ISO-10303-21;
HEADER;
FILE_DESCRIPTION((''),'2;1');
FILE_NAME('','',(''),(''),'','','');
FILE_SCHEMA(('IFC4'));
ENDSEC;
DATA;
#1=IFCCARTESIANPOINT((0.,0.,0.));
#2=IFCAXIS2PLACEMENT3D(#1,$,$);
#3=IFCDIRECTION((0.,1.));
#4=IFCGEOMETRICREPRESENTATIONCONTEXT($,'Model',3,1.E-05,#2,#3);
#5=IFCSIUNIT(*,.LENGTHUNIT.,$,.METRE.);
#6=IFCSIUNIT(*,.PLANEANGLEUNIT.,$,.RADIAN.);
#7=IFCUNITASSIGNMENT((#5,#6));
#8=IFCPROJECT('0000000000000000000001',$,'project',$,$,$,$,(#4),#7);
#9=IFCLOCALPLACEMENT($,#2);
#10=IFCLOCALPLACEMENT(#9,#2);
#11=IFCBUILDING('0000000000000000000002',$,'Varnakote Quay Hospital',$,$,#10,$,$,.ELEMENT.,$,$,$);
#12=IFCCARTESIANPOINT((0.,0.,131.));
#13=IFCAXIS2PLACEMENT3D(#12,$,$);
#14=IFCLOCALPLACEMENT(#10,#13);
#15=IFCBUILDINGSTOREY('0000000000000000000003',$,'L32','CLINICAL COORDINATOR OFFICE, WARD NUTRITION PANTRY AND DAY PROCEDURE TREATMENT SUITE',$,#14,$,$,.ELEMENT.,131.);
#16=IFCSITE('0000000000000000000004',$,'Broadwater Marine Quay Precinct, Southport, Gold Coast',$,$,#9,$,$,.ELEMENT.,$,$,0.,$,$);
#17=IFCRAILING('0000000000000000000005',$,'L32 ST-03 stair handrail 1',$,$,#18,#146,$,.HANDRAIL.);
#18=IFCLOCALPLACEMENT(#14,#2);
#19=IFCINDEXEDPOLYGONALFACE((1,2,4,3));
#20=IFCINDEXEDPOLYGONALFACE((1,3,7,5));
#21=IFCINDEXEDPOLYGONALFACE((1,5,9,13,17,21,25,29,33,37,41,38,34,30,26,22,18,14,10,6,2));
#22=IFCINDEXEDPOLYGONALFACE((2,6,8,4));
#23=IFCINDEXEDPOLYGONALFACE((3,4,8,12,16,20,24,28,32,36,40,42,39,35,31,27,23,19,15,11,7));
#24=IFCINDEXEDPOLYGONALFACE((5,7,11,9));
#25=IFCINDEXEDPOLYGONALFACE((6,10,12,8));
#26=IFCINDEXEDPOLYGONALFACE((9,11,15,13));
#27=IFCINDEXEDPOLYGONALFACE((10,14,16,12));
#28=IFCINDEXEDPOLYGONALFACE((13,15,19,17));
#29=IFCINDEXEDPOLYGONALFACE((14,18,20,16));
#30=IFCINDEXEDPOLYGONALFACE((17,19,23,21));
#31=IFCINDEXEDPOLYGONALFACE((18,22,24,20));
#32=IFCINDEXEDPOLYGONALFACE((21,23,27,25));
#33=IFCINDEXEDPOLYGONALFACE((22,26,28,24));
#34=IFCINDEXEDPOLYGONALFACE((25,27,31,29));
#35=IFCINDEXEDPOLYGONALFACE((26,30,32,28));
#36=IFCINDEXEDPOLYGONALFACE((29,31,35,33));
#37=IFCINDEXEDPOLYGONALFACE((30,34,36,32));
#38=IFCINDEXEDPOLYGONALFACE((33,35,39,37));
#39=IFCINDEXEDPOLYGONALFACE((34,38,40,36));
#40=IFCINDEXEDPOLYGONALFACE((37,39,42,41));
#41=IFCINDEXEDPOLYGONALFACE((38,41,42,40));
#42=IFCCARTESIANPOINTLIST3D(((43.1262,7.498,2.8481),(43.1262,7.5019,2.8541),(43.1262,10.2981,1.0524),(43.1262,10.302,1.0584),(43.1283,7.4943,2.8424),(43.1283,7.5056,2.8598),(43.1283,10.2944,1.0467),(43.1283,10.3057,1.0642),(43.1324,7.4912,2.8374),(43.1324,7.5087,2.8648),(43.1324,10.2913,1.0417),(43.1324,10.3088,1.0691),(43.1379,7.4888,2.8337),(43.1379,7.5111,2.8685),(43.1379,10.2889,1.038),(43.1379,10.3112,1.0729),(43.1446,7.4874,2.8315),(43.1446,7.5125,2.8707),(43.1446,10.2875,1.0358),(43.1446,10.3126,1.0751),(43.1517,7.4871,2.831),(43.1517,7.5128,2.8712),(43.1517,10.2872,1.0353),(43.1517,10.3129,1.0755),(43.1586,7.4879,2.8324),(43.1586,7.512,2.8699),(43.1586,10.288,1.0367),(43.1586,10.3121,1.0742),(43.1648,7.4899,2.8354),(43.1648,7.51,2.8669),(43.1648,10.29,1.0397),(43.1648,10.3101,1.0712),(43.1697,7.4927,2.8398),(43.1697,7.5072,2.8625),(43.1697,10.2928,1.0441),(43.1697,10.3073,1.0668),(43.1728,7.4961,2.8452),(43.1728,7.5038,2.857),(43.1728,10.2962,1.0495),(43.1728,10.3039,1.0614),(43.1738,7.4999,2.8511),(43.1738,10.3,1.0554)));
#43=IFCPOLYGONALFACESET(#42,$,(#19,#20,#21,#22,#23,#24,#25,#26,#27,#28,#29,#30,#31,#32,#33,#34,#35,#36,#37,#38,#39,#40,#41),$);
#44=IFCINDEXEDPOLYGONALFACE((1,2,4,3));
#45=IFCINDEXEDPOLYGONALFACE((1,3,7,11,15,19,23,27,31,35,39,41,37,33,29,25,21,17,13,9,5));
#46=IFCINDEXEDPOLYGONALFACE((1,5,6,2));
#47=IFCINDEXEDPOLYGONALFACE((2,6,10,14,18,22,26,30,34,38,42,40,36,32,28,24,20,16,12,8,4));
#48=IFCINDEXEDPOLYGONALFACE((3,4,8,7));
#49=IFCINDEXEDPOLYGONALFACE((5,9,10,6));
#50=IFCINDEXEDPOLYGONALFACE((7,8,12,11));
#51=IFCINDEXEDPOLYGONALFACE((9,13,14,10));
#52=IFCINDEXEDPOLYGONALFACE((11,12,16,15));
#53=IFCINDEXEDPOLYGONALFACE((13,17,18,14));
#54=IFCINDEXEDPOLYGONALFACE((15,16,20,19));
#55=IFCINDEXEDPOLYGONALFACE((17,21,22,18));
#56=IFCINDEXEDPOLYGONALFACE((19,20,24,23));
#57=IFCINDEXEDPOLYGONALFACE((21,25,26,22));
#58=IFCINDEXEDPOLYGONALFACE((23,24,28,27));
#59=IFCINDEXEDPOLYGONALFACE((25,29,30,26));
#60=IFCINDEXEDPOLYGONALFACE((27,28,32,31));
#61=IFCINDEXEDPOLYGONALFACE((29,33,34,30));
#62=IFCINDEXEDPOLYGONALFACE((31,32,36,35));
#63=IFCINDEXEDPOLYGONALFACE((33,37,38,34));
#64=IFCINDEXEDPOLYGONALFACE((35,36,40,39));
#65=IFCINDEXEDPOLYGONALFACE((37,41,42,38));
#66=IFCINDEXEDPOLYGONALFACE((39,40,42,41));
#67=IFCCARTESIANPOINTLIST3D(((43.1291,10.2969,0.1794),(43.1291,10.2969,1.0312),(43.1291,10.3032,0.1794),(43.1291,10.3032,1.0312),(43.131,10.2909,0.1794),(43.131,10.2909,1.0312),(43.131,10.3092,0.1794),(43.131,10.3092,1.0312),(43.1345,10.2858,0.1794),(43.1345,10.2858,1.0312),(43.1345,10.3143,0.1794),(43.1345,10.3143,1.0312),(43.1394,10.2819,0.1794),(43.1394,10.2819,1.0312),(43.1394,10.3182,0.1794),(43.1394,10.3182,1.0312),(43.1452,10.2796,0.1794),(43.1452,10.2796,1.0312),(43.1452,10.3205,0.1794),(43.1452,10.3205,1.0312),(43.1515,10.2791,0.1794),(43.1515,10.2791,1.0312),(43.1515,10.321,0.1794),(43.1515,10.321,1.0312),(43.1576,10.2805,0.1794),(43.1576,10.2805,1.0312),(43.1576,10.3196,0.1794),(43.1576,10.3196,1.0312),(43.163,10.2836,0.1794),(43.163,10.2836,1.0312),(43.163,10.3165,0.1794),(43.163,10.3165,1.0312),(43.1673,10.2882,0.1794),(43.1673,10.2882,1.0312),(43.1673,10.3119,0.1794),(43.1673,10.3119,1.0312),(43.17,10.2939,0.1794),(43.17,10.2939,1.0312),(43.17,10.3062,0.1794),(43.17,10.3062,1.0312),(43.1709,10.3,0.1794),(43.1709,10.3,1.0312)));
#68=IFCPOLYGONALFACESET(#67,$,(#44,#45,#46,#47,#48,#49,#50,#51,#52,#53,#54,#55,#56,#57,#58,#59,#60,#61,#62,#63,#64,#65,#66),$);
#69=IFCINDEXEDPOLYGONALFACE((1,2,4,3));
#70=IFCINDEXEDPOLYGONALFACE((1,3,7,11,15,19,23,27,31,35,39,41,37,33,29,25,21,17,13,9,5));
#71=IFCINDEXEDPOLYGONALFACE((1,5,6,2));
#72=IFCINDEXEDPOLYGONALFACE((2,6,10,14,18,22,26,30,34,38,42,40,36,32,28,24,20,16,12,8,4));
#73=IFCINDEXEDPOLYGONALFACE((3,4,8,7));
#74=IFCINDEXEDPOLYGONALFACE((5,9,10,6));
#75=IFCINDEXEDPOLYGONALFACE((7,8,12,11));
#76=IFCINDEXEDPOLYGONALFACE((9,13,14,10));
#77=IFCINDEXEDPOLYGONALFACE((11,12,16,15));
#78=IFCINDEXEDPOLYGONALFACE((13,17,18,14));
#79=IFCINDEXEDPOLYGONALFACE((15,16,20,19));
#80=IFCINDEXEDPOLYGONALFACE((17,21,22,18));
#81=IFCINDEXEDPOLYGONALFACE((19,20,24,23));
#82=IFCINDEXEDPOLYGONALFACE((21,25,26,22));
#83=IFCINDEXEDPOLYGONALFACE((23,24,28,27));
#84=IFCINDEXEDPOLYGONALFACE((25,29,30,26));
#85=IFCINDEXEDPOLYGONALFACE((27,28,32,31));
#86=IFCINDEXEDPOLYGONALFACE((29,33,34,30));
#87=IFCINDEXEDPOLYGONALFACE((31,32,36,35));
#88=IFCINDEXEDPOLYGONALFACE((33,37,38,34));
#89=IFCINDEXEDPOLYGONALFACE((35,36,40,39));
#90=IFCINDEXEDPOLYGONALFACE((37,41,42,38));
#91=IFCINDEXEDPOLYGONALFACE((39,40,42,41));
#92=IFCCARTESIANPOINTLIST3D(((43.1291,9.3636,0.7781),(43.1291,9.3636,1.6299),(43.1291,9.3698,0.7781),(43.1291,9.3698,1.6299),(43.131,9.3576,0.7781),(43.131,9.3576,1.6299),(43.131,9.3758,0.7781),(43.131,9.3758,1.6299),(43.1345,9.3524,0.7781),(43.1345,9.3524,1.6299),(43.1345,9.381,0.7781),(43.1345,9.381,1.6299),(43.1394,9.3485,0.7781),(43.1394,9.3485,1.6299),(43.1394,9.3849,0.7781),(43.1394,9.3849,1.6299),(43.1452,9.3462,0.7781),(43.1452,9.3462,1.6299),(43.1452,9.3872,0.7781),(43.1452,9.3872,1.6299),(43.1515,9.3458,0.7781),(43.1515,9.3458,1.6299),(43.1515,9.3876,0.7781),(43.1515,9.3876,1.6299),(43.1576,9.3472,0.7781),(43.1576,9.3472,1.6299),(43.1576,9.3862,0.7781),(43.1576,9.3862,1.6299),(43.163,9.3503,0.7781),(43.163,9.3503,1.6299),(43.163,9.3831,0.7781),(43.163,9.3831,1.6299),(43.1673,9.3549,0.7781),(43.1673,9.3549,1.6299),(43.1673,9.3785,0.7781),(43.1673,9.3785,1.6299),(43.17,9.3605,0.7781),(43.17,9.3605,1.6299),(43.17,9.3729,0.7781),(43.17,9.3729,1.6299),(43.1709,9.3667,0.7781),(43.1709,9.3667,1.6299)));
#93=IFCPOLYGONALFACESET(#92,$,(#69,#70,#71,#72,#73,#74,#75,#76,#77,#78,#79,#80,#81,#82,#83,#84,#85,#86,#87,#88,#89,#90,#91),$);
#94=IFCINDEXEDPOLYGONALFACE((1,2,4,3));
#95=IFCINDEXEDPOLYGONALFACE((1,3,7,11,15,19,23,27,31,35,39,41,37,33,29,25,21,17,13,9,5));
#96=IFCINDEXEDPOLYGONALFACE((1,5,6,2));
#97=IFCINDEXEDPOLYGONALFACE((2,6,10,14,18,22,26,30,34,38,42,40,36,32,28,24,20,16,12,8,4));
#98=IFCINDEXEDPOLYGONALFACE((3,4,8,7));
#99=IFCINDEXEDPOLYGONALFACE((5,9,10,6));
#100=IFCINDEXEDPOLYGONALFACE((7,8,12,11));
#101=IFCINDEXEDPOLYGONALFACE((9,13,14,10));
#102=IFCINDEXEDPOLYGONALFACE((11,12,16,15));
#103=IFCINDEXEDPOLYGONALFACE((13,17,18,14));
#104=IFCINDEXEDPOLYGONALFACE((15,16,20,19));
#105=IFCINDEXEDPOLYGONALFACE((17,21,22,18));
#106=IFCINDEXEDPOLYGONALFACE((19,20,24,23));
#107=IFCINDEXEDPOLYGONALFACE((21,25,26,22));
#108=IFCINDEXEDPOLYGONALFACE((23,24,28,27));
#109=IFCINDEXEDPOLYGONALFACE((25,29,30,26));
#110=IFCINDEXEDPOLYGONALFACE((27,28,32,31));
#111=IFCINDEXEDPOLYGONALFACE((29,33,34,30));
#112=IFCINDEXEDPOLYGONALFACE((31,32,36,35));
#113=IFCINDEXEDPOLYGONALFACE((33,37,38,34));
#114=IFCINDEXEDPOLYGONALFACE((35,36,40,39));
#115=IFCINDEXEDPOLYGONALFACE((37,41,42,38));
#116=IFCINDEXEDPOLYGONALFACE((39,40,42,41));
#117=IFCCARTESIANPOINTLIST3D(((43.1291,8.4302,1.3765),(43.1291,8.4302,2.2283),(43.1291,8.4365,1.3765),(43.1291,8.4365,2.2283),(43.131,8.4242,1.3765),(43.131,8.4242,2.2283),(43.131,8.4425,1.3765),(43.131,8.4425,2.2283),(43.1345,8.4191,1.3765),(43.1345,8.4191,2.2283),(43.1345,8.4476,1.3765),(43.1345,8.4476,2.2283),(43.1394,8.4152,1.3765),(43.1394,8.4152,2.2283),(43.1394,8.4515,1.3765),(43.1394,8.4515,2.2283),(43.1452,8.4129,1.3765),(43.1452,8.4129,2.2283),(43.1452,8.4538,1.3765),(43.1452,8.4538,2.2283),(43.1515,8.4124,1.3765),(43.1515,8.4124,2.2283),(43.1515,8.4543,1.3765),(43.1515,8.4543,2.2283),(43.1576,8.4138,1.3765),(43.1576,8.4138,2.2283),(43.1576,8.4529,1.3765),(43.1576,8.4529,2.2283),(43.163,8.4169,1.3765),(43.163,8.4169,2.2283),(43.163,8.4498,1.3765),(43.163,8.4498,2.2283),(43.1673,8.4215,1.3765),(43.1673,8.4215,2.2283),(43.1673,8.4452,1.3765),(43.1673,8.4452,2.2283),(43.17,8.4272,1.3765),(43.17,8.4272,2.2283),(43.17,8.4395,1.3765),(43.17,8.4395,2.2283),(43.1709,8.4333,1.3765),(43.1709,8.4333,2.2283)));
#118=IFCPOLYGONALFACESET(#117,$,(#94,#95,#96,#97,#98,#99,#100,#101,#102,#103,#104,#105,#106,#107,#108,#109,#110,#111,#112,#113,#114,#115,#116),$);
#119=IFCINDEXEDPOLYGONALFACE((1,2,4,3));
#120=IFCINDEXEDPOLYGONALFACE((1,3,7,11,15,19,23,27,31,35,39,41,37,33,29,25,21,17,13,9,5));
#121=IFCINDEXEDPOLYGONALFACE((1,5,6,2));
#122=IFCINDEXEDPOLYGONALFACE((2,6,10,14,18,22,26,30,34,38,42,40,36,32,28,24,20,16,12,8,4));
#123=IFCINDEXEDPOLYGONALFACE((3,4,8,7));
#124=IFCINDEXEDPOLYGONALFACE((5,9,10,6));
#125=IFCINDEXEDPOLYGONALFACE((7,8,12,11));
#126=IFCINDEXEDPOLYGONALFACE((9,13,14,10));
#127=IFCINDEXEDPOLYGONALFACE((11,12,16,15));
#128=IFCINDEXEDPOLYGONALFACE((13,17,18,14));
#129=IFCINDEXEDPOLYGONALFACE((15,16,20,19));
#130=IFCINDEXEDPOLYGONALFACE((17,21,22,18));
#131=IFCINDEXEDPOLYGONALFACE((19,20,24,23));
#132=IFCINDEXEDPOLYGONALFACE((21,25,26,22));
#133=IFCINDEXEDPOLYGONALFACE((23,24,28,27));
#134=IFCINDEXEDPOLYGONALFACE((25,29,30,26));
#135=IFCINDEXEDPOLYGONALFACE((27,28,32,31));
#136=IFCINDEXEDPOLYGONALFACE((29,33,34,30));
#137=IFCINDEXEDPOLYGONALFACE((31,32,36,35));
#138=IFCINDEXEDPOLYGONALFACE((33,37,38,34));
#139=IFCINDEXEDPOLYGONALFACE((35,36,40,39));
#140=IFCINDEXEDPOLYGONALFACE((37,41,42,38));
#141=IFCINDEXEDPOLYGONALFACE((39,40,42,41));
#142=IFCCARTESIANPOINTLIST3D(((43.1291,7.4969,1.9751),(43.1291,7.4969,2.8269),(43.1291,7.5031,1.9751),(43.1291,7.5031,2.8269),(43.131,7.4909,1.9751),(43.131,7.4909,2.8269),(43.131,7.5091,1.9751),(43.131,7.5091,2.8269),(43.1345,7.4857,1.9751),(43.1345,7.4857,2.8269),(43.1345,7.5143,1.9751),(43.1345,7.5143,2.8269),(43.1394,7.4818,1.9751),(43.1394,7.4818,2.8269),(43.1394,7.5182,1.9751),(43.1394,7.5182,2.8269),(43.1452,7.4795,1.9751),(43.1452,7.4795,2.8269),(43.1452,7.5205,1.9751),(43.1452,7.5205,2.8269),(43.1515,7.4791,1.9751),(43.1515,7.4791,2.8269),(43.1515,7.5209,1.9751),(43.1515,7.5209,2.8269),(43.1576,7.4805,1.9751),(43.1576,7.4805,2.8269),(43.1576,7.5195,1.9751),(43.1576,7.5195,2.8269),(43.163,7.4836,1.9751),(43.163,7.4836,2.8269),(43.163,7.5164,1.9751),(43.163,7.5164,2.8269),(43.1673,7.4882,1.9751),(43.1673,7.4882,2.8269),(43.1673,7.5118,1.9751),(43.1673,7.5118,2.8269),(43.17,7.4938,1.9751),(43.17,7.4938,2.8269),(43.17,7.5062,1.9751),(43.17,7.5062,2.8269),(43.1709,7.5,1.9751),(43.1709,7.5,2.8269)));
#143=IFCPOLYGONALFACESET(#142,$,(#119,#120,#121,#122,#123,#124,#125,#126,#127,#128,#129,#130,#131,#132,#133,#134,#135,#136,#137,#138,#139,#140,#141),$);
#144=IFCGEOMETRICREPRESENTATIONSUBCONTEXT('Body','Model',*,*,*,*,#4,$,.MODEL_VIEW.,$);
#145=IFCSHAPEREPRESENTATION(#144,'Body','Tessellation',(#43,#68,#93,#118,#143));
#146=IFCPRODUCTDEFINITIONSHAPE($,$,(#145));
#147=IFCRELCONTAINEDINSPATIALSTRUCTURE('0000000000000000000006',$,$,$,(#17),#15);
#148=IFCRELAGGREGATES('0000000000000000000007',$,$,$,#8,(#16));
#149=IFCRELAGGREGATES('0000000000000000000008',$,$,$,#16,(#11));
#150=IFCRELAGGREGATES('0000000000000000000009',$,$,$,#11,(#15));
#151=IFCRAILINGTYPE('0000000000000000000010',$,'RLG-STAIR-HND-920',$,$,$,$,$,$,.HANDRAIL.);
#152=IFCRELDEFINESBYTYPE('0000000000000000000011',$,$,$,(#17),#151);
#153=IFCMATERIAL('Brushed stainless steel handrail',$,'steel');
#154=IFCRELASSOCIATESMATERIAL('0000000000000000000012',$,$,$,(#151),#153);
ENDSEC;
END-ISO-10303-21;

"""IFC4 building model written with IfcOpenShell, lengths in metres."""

from ifc_helpers import new_model, si_unit, direction, frame, origin, origin_2d, place, context, subcontext, project, spatial, circle, extrude, material, type_object, element, save


model = new_model("IFC4")

# Units and contexts
model_context = context("Model", 3, precision=1e-05, world=origin(), true_north=direction((0.0, 1.0)))
body_context = subcontext(model_context, "Body", "Model", "MODEL_VIEW")
ifc_project = project(units=[si_unit("LENGTHUNIT", "METRE"), si_unit("PLANEANGLEUNIT", "RADIAN")], contexts=[model_context])

# Site, building, storey
site_placement = place(None, origin())
site = spatial("IfcSite", under=ifc_project, at=site_placement, Name="Broadwater Marine Quay Precinct, Southport, Gold Coast", CompositionType="ELEMENT", RefElevation=0.0)
building_placement = place(site_placement, origin())
building = spatial("IfcBuilding", under=site, at=building_placement, Name="Varnakote Quay Hospital", CompositionType="ELEMENT")
storey_placement = place(building_placement, frame((0.0, 0.0, 131.0)))
storey = spatial("IfcBuildingStorey", under=building, at=storey_placement, Name="L32", Description="CLINICAL COORDINATOR OFFICE, WARD NUTRITION PANTRY AND DAY PROCEDURE TREATMENT SUITE", CompositionType="ELEMENT", Elevation=131.0)

# Railing
ifc_material_1 = material(Name="Brushed stainless steel handrail", Category="steel")
railing_type_1 = type_object("IfcRailingType", Name="RLG-STAIR-HND-920", PredefinedType="HANDRAIL", material=ifc_material_1)
railing_1_placement = place(storey_placement, frame((43.1499, 10.3, 0.1794)))
element("IfcRailing", 1, at=railing_1_placement, inside=storey, type_object=railing_type_1, Name="L32 ST-03 stair handrail 1", PredefinedType="HANDRAIL", context=body_context, shape_type="SweptSolid", body=[
    extrude(circle(Radius=0.0239, at=origin_2d()), frame((0.0, 0.0, 0.876), z_axis=(0.0, -0.841777, 0.539826), x_axis=(1.0, 0.0, 0.0)), (0.0, 0.0, 1.0), 3.3264),
    extrude(circle(Radius=0.021, at=origin_2d()), origin(), (0.0, 0.0, 1.0), 0.8518),
    extrude(circle(Radius=0.021, at=origin_2d()), frame((0.0, -0.9333, 0.5986)), (0.0, 0.0, 1.0), 0.8518),
    extrude(circle(Radius=0.021, at=origin_2d()), frame((0.0, -1.8667, 1.197)), (0.0, 0.0, 1.0), 0.8518),
    extrude(circle(Radius=0.021, at=origin_2d()), frame((0.0, -2.8, 1.7957)), (0.0, 0.0, 1.0), 0.8518),
])

save(model, "model.ifc")
